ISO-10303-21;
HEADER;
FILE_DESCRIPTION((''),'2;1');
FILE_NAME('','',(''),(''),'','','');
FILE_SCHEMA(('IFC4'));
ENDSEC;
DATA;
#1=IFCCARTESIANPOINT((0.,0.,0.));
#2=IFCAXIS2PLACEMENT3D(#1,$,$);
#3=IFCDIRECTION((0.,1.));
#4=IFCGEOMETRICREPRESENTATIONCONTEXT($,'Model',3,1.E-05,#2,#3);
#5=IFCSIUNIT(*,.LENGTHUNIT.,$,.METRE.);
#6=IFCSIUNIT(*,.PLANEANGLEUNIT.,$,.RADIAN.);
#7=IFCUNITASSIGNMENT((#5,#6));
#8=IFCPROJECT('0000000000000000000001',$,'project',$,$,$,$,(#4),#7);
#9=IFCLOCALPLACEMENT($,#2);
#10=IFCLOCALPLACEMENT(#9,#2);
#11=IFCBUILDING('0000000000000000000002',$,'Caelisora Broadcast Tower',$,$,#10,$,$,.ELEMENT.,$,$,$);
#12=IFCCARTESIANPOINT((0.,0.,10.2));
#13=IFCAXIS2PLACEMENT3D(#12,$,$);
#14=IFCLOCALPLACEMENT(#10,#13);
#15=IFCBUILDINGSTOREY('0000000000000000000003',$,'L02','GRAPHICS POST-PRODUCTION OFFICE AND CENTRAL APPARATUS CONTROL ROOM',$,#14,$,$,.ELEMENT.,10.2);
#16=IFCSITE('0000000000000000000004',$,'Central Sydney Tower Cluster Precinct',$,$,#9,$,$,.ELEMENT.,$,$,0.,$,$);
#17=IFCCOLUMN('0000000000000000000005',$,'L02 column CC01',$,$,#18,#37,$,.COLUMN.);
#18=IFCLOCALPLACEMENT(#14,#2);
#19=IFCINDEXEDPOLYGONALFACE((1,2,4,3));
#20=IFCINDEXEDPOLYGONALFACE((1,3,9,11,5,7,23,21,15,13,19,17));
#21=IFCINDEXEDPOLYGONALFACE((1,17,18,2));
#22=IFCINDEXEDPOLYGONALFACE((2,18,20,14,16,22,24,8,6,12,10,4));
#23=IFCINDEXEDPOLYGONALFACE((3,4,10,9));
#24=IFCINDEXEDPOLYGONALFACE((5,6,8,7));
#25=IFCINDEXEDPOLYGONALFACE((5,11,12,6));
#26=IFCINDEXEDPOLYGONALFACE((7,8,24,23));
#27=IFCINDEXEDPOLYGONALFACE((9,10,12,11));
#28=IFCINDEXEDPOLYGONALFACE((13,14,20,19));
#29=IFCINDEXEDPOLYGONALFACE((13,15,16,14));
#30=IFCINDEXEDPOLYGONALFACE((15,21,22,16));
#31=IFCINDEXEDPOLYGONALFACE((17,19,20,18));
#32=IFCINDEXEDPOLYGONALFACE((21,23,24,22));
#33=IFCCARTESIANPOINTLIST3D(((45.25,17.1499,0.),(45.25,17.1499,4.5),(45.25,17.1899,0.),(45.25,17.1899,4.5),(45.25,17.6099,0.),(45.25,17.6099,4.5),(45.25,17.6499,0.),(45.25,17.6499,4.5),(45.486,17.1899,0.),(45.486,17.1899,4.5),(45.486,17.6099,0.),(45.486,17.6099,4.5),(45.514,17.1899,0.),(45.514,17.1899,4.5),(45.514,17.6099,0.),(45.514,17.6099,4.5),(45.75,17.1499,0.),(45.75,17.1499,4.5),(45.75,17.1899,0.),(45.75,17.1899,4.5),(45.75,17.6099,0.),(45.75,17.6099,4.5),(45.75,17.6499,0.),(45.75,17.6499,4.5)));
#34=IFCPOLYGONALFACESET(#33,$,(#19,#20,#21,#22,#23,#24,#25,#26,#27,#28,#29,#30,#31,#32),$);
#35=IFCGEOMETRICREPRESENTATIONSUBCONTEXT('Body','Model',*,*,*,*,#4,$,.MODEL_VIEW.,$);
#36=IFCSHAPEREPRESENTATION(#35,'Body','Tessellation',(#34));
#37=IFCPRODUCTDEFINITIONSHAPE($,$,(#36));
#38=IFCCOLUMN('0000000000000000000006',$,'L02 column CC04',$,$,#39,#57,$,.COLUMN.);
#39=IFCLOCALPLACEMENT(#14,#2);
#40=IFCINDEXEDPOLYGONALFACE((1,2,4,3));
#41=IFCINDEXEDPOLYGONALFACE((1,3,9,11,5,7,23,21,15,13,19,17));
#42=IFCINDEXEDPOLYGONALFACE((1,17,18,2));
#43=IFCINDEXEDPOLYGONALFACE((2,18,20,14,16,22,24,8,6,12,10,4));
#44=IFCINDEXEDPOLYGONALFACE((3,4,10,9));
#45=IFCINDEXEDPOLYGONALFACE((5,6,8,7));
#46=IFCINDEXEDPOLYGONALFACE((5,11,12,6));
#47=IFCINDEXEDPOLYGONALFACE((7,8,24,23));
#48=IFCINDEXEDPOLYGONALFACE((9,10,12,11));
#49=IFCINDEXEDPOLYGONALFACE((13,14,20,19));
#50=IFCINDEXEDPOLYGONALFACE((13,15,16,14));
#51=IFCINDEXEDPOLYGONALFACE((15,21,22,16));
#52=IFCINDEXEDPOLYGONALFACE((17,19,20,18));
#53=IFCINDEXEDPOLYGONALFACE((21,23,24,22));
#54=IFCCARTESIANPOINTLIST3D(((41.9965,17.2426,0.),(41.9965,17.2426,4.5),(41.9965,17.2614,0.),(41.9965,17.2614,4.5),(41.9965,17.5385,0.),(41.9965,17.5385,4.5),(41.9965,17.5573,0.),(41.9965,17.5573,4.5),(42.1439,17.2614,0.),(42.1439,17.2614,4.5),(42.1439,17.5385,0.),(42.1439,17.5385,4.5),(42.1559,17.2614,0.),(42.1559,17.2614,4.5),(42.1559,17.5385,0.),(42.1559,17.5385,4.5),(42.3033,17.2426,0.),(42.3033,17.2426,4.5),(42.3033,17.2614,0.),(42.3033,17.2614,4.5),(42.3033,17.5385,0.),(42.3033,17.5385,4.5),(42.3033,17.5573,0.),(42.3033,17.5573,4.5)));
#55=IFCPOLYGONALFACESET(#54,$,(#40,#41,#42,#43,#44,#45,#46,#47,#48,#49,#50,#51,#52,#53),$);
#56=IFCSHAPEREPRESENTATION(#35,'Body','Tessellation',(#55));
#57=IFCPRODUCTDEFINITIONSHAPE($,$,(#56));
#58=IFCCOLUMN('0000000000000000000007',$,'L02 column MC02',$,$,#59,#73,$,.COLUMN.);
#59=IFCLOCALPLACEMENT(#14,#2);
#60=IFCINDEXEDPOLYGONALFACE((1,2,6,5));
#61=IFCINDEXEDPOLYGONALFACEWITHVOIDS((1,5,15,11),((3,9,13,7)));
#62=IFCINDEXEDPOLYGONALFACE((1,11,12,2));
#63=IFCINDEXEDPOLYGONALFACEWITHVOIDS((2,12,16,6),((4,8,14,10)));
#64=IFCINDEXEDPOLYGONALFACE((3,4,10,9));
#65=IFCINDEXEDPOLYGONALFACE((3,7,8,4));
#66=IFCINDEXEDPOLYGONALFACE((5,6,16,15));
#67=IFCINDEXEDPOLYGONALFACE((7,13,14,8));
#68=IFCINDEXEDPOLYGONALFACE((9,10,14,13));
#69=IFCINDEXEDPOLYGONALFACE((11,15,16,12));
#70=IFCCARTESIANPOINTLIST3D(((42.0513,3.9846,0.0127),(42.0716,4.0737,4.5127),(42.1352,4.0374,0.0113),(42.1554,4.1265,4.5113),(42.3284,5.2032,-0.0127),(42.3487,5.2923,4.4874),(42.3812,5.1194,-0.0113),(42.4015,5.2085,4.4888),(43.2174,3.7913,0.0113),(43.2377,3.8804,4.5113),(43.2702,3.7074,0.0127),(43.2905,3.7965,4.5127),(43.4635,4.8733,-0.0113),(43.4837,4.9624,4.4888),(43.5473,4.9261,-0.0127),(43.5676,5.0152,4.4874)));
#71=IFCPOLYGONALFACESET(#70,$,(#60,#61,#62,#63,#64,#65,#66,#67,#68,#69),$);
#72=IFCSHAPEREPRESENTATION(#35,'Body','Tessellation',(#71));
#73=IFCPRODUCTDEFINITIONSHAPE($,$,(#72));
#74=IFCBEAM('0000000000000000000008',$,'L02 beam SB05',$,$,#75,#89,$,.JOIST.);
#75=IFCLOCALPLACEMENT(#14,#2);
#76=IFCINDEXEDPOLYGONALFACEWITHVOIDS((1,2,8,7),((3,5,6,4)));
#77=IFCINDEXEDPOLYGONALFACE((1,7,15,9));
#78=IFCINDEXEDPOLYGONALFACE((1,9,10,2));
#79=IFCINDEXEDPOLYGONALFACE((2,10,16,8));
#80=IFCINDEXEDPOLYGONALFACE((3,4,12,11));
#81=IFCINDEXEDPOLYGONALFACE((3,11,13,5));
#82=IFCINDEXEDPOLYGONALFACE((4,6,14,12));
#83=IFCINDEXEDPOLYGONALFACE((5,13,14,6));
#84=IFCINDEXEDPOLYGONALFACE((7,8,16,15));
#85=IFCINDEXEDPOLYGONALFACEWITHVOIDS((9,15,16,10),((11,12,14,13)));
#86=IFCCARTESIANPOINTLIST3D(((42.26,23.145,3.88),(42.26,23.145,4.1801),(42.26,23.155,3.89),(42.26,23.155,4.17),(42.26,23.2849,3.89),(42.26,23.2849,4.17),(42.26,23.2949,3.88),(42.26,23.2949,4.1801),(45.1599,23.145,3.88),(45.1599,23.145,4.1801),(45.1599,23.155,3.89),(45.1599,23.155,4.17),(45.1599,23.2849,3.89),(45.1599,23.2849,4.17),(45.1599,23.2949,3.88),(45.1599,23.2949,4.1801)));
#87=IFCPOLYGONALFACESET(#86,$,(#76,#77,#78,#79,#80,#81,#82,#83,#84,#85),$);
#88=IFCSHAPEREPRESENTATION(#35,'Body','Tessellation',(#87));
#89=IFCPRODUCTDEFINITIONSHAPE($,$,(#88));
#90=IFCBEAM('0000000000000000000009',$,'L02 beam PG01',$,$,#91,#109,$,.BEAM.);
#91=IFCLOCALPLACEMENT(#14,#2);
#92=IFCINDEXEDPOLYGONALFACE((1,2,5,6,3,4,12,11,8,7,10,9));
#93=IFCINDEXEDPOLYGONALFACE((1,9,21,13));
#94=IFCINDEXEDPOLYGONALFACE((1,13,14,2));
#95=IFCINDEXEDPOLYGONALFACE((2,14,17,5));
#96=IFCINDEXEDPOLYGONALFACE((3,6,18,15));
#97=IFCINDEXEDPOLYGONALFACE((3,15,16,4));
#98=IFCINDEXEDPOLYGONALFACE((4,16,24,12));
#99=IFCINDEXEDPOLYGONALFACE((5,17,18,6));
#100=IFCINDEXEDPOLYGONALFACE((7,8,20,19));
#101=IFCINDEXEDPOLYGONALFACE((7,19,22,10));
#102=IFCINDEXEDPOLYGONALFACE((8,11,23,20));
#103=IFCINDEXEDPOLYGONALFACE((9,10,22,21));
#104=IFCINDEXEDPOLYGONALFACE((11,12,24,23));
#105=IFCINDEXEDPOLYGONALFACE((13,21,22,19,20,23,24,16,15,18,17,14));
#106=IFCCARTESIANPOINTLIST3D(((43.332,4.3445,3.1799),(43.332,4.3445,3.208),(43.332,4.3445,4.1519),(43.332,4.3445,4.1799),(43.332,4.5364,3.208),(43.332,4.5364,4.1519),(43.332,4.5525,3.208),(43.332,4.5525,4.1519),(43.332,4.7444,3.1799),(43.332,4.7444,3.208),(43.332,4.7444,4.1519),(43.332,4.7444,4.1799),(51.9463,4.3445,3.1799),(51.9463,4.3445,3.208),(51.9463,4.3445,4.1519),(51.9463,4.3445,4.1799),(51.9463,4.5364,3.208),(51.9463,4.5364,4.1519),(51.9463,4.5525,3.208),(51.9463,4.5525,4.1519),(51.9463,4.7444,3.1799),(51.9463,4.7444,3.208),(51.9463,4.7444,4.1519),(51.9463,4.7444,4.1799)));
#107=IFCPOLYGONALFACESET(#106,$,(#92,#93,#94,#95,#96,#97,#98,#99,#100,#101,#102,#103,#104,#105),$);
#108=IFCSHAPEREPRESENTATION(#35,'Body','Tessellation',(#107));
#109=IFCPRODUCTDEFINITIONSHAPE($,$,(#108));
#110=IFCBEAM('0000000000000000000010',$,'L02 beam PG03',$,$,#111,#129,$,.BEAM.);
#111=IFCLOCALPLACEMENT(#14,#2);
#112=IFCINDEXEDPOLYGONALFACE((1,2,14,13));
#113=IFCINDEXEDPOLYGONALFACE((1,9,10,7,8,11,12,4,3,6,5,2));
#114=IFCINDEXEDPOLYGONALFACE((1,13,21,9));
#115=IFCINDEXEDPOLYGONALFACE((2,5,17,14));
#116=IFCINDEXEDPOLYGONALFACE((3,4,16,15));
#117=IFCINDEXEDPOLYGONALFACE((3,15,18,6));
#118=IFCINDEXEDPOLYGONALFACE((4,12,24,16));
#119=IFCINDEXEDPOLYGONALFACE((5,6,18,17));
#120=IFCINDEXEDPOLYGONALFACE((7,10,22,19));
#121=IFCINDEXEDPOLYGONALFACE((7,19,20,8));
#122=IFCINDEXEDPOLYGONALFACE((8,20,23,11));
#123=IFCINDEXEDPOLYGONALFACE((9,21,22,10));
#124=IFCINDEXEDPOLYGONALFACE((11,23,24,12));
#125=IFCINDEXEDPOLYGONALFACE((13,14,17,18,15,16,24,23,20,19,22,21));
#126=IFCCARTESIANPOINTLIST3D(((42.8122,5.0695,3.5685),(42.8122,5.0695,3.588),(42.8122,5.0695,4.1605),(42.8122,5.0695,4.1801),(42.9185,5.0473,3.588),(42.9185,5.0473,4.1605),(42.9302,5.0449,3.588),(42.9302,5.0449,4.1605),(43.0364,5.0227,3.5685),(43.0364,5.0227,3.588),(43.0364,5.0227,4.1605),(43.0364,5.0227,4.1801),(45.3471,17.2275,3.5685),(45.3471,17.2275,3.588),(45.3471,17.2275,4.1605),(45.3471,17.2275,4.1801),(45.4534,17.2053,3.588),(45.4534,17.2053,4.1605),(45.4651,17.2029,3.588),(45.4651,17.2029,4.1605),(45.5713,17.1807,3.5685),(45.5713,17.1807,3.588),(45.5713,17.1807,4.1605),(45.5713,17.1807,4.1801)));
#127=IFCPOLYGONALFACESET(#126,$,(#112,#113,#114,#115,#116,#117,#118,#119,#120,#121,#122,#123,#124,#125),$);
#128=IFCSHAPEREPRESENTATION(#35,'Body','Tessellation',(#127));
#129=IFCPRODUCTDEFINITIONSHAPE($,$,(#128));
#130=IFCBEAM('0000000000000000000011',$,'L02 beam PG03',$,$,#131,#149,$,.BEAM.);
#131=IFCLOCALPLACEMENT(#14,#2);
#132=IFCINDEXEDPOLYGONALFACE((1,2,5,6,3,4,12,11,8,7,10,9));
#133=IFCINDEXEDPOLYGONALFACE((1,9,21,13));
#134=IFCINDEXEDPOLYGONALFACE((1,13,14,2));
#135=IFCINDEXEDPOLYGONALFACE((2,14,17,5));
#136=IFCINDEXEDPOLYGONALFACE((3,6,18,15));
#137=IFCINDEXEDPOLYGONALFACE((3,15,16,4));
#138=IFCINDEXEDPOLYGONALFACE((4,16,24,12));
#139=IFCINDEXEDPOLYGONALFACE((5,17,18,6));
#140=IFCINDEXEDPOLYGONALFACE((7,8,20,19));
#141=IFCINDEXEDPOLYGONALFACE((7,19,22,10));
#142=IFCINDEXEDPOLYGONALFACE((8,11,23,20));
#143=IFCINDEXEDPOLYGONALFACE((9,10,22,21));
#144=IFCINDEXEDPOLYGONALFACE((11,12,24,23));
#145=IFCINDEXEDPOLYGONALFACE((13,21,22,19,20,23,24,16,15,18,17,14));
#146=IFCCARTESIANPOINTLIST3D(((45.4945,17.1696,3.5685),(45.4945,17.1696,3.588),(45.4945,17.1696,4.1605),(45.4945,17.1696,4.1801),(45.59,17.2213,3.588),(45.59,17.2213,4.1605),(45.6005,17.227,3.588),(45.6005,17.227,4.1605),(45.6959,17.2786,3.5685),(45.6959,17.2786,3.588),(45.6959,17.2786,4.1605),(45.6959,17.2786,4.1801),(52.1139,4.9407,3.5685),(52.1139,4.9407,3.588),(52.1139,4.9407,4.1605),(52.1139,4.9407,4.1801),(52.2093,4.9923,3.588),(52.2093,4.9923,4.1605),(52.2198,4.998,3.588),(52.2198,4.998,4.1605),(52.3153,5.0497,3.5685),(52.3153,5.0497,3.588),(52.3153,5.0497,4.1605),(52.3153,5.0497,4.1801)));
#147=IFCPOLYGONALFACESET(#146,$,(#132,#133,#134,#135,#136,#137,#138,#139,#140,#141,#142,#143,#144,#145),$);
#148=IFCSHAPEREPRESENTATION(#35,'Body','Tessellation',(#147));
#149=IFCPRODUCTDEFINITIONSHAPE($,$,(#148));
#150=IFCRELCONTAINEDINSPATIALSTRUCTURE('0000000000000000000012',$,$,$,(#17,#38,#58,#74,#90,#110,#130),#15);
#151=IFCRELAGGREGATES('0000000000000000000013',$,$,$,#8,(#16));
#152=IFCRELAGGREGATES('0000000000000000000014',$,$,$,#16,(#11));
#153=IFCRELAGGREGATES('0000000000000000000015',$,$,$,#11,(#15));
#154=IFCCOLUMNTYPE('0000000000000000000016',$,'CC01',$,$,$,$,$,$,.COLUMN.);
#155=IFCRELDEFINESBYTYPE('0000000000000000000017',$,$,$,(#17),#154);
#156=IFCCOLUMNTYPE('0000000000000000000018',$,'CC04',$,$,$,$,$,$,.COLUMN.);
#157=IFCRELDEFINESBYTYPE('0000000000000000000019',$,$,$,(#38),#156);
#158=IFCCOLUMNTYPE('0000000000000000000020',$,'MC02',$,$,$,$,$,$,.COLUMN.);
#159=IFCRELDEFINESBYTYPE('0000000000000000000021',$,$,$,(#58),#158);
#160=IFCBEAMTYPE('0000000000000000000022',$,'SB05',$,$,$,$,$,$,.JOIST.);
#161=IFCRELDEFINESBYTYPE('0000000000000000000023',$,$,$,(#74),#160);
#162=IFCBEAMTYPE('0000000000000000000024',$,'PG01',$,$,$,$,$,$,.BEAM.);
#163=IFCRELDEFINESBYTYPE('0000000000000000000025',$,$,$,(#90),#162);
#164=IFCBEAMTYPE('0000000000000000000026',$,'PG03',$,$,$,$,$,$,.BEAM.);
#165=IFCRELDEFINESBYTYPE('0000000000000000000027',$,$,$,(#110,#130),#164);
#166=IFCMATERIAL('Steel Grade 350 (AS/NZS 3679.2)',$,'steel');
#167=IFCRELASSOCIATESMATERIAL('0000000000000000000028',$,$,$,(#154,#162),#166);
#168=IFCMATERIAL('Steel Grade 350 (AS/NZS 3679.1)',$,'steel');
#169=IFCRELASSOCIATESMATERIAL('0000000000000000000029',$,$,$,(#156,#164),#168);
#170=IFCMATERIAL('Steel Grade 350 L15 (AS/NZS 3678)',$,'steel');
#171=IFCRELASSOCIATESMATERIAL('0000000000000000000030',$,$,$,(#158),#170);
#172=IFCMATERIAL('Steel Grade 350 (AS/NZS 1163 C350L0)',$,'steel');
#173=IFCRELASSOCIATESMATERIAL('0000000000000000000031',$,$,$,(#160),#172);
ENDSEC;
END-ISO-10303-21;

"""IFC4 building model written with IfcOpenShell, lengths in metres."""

from ifc_helpers import new_model, si_unit, direction, frame, origin, origin_2d, place, context, subcontext, project, spatial, hollow_rectangle, i_section, extrude, source, transform, mapped, material, material_profile, profile_set, type_object, type_shapes, element, save


model = new_model("IFC4")

# Units and contexts
model_context = context("Model", 3, precision=1e-05, world=origin(), true_north=direction((0.0, 1.0)))
body_context = subcontext(model_context, "Body", "Model", "MODEL_VIEW")
ifc_project = project(units=[si_unit("LENGTHUNIT", "METRE"), si_unit("PLANEANGLEUNIT", "RADIAN")], contexts=[model_context])

# Site, building, storey
site_placement = place(None, origin())
site = spatial("IfcSite", under=ifc_project, at=site_placement, Name="Central Sydney Tower Cluster Precinct", CompositionType="ELEMENT", RefElevation=0.0)
building_placement = place(site_placement, origin())
building = spatial("IfcBuilding", under=site, at=building_placement, Name="Caelisora Broadcast Tower", CompositionType="ELEMENT")
storey_placement = place(building_placement, frame((0.0, 0.0, 10.2)))
storey = spatial("IfcBuildingStorey", under=building, at=storey_placement, Name="L02", Description="GRAPHICS POST-PRODUCTION OFFICE AND CENTRAL APPARATUS CONTROL ROOM", CompositionType="ELEMENT", Elevation=10.2)

# Columns
ifc_material_1 = material(Name="Steel Grade 350 (AS/NZS 3679.2)", Category="steel")
ifc_material_profile_1 = material_profile(ifc_material_1, i_section(OverallWidth=0.5, OverallDepth=0.5, WebThickness=0.0281, FlangeThickness=0.04, at=origin_2d()), Name="Steel Grade 350 (AS/NZS 3679.2)")
ifc_profile_set_1 = profile_set([ifc_material_profile_1], Name="Steel Grade 350 (AS/NZS 3679.2)")
column_type_1 = type_object("IfcColumnType", Name="CC01", PredefinedType="COLUMN", material=ifc_profile_set_1)
shared_shape_1 = source(origin(), body_context, "Body", "SweptSolid", [
    extrude(i_section(OverallWidth=0.5, OverallDepth=0.5, WebThickness=0.0281, FlangeThickness=0.04, at=origin_2d()), origin(), (0.0, 0.0, 1.0), 4.5),
])
type_shapes(column_type_1, [shared_shape_1])
column_1_placement = place(storey_placement, frame((45.5, 17.3999, 0.0), z_axis=(0.0, 0.0, 1.0), x_axis=(1.0, 0.0, 0.0)))
element("IfcColumn", 1, at=column_1_placement, inside=storey, type_object=column_type_1, Name="L02 column CC01", PredefinedType="COLUMN", context=body_context, shape_type="MappedRepresentation", body=[
    mapped(shared_shape_1, transform((0.0, 0.0, 0.0), scale=1.0)),
])
ifc_material_2 = material(Name="Steel Grade 350 (AS/NZS 3679.1)", Category="steel")
ifc_material_profile_2 = material_profile(ifc_material_2, i_section(OverallWidth=0.3069, OverallDepth=0.3147, WebThickness=0.012, FlangeThickness=0.0188, at=origin_2d()), Name="Steel Grade 350 (AS/NZS 3679.1)")
ifc_profile_set_2 = profile_set([ifc_material_profile_2], Name="Steel Grade 350 (AS/NZS 3679.1)")
column_type_2 = type_object("IfcColumnType", Name="CC04", PredefinedType="COLUMN", material=ifc_profile_set_2)
shared_shape_2 = source(origin(), body_context, "Body", "SweptSolid", [
    extrude(i_section(OverallWidth=0.3069, OverallDepth=0.3147, WebThickness=0.012, FlangeThickness=0.0188, at=origin_2d()), origin(), (0.0, 0.0, 1.0), 4.5),
])
type_shapes(column_type_2, [shared_shape_2])
column_2_placement = place(storey_placement, frame((42.1499, 17.3999, 0.0), z_axis=(0.0, 0.0, 1.0), x_axis=(1.0, 0.0, 0.0)))
element("IfcColumn", 2, at=column_2_placement, inside=storey, type_object=column_type_2, Name="L02 column CC04", PredefinedType="COLUMN", context=body_context, shape_type="MappedRepresentation", body=[
    mapped(shared_shape_2, transform((0.0, 0.0, 0.0), scale=1.0)),
])
ifc_material_3 = material(Name="Steel Grade 350 L15 (AS/NZS 3678)", Category="steel")
ifc_material_profile_3 = material_profile(ifc_material_3, hollow_rectangle(XDim=1.25, YDim=1.25, WallThickness=0.0701, at=origin_2d()), Name="Steel Grade 350 L15 (AS/NZS 3678)")
ifc_profile_set_3 = profile_set([ifc_material_profile_3], Name="Steel Grade 350 L15 (AS/NZS 3678)")
column_type_3 = type_object("IfcColumnType", Name="MC02", PredefinedType="COLUMN", material=ifc_profile_set_3)
shared_shape_3 = source(origin(), body_context, "Body", "SweptSolid", [
    extrude(hollow_rectangle(XDim=1.25, YDim=1.25, WallThickness=0.0701, at=origin_2d()), origin(), (0.0, 0.0, 1.0), 4.501),
])
type_shapes(column_type_3, [shared_shape_3])
column_3_placement = place(storey_placement, frame((42.7993, 4.4553, 0.0), z_axis=(0.004502, 0.019798, 0.999794), x_axis=(-0.975107, 0.221737, 0.0)))
element("IfcColumn", 3, at=column_3_placement, inside=storey, type_object=column_type_3, Name="L02 column MC02", PredefinedType="COLUMN", context=body_context, shape_type="MappedRepresentation", body=[
    mapped(shared_shape_3, transform((0.0, 0.0, 0.0), scale=1.0)),
])

# Beams
ifc_material_4 = material(Name="Steel Grade 350 (AS/NZS 1163 C350L0)", Category="steel")
ifc_material_profile_4 = material_profile(ifc_material_4, hollow_rectangle(XDim=0.1499, YDim=0.3, WallThickness=0.01, at=origin_2d()), Name="Steel Grade 350 (AS/NZS 1163 C350L0)")
ifc_profile_set_4 = profile_set([ifc_material_profile_4], Name="Steel Grade 350 (AS/NZS 1163 C350L0)")
beam_type_1 = type_object("IfcBeamType", Name="SB05", PredefinedType="JOIST", material=ifc_profile_set_4)
shared_shape_4 = source(origin(), body_context, "Body", "SweptSolid", [
    extrude(hollow_rectangle(XDim=0.1499, YDim=0.3, WallThickness=0.01, at=origin_2d()), origin(), (0.0, 0.0, 1.0), 2.8999),
])
type_shapes(beam_type_1, [shared_shape_4])
beam_1_placement = place(storey_placement, frame((42.26, 23.22, 4.03), z_axis=(1.0, 0.0, 0.0), x_axis=(0.0, 1.0, 0.0)))
element("IfcBeam", 4, at=beam_1_placement, inside=storey, type_object=beam_type_1, Name="L02 beam SB05", PredefinedType="JOIST", context=body_context, shape_type="MappedRepresentation", body=[
    mapped(shared_shape_4, transform((0.0, 0.0, 0.0), scale=1.0)),
])
ifc_material_profile_5 = material_profile(ifc_material_1, i_section(OverallWidth=0.3999, OverallDepth=1.0, WebThickness=0.0161, FlangeThickness=0.0281, at=origin_2d()), Name="Steel Grade 350 (AS/NZS 3679.2)")
ifc_profile_set_5 = profile_set([ifc_material_profile_5], Name="Steel Grade 350 (AS/NZS 3679.2)")
beam_type_2 = type_object("IfcBeamType", Name="PG01", PredefinedType="BEAM", material=ifc_profile_set_5)
shared_shape_5 = source(origin(), body_context, "Body", "SweptSolid", [
    extrude(i_section(OverallWidth=0.3999, OverallDepth=1.0, WebThickness=0.0161, FlangeThickness=0.0281, at=origin_2d()), origin(), (0.0, 0.0, 1.0), 8.6143),
])
type_shapes(beam_type_2, [shared_shape_5])
beam_2_placement = place(storey_placement, frame((43.332, 4.5444, 3.6799), z_axis=(1.0, 0.0, 0.0), x_axis=(0.0, 1.0, 0.0)))
element("IfcBeam", 5, at=beam_2_placement, inside=storey, type_object=beam_type_2, Name="L02 beam PG01", PredefinedType="BEAM", context=body_context, shape_type="MappedRepresentation", body=[
    mapped(shared_shape_5, transform((0.0, 0.0, 0.0), scale=1.0)),
])
ifc_material_profile_6 = material_profile(ifc_material_2, i_section(OverallWidth=0.229, OverallDepth=0.6116, WebThickness=0.012, FlangeThickness=0.0195, at=origin_2d()), Name="Steel Grade 350 (AS/NZS 3679.1)")
ifc_profile_set_6 = profile_set([ifc_material_profile_6], Name="Steel Grade 350 (AS/NZS 3679.1)")
beam_type_3 = type_object("IfcBeamType", Name="PG03", PredefinedType="BEAM", material=ifc_profile_set_6)
shared_shape_6 = source(origin(), body_context, "Body", "SweptSolid", [
    extrude(i_section(OverallWidth=0.229, OverallDepth=0.6116, WebThickness=0.012, FlangeThickness=0.0195, at=origin_2d()), origin(), (0.0, 0.0, 1.0), 12.4194),
])
beam_3_placement = place(storey_placement, frame((45.4592, 17.2041, 3.8743), z_axis=(-0.204109, -0.978948, 0.0), x_axis=(0.978948, -0.204109, 0.0)))
element("IfcBeam", 6, at=beam_3_placement, inside=storey, type_object=beam_type_3, Name="L02 beam PG03", PredefinedType="BEAM", context=body_context, shape_type="MappedRepresentation", body=[
    mapped(shared_shape_6, transform((0.0, 0.0, 0.0), scale=1.0)),
])
shared_shape_7 = source(origin(), body_context, "Body", "SweptSolid", [
    extrude(i_section(OverallWidth=0.229, OverallDepth=0.6116, WebThickness=0.012, FlangeThickness=0.0195, at=origin_2d()), origin(), (0.0, 0.0, 1.0), 13.9055),
])
type_shapes(beam_type_3, [shared_shape_6, shared_shape_7])
beam_4_placement = place(storey_placement, frame((45.5952, 17.2241, 3.8743), z_axis=(0.476024, -0.879432, 0.0), x_axis=(0.879432, 0.476024, 0.0)))
element("IfcBeam", 7, at=beam_4_placement, inside=storey, type_object=beam_type_3, Name="L02 beam PG03", PredefinedType="BEAM", context=body_context, shape_type="MappedRepresentation", body=[
    mapped(shared_shape_7, transform((0.0, 0.0, 0.0), scale=1.0)),
])

save(model, "model.ifc")
